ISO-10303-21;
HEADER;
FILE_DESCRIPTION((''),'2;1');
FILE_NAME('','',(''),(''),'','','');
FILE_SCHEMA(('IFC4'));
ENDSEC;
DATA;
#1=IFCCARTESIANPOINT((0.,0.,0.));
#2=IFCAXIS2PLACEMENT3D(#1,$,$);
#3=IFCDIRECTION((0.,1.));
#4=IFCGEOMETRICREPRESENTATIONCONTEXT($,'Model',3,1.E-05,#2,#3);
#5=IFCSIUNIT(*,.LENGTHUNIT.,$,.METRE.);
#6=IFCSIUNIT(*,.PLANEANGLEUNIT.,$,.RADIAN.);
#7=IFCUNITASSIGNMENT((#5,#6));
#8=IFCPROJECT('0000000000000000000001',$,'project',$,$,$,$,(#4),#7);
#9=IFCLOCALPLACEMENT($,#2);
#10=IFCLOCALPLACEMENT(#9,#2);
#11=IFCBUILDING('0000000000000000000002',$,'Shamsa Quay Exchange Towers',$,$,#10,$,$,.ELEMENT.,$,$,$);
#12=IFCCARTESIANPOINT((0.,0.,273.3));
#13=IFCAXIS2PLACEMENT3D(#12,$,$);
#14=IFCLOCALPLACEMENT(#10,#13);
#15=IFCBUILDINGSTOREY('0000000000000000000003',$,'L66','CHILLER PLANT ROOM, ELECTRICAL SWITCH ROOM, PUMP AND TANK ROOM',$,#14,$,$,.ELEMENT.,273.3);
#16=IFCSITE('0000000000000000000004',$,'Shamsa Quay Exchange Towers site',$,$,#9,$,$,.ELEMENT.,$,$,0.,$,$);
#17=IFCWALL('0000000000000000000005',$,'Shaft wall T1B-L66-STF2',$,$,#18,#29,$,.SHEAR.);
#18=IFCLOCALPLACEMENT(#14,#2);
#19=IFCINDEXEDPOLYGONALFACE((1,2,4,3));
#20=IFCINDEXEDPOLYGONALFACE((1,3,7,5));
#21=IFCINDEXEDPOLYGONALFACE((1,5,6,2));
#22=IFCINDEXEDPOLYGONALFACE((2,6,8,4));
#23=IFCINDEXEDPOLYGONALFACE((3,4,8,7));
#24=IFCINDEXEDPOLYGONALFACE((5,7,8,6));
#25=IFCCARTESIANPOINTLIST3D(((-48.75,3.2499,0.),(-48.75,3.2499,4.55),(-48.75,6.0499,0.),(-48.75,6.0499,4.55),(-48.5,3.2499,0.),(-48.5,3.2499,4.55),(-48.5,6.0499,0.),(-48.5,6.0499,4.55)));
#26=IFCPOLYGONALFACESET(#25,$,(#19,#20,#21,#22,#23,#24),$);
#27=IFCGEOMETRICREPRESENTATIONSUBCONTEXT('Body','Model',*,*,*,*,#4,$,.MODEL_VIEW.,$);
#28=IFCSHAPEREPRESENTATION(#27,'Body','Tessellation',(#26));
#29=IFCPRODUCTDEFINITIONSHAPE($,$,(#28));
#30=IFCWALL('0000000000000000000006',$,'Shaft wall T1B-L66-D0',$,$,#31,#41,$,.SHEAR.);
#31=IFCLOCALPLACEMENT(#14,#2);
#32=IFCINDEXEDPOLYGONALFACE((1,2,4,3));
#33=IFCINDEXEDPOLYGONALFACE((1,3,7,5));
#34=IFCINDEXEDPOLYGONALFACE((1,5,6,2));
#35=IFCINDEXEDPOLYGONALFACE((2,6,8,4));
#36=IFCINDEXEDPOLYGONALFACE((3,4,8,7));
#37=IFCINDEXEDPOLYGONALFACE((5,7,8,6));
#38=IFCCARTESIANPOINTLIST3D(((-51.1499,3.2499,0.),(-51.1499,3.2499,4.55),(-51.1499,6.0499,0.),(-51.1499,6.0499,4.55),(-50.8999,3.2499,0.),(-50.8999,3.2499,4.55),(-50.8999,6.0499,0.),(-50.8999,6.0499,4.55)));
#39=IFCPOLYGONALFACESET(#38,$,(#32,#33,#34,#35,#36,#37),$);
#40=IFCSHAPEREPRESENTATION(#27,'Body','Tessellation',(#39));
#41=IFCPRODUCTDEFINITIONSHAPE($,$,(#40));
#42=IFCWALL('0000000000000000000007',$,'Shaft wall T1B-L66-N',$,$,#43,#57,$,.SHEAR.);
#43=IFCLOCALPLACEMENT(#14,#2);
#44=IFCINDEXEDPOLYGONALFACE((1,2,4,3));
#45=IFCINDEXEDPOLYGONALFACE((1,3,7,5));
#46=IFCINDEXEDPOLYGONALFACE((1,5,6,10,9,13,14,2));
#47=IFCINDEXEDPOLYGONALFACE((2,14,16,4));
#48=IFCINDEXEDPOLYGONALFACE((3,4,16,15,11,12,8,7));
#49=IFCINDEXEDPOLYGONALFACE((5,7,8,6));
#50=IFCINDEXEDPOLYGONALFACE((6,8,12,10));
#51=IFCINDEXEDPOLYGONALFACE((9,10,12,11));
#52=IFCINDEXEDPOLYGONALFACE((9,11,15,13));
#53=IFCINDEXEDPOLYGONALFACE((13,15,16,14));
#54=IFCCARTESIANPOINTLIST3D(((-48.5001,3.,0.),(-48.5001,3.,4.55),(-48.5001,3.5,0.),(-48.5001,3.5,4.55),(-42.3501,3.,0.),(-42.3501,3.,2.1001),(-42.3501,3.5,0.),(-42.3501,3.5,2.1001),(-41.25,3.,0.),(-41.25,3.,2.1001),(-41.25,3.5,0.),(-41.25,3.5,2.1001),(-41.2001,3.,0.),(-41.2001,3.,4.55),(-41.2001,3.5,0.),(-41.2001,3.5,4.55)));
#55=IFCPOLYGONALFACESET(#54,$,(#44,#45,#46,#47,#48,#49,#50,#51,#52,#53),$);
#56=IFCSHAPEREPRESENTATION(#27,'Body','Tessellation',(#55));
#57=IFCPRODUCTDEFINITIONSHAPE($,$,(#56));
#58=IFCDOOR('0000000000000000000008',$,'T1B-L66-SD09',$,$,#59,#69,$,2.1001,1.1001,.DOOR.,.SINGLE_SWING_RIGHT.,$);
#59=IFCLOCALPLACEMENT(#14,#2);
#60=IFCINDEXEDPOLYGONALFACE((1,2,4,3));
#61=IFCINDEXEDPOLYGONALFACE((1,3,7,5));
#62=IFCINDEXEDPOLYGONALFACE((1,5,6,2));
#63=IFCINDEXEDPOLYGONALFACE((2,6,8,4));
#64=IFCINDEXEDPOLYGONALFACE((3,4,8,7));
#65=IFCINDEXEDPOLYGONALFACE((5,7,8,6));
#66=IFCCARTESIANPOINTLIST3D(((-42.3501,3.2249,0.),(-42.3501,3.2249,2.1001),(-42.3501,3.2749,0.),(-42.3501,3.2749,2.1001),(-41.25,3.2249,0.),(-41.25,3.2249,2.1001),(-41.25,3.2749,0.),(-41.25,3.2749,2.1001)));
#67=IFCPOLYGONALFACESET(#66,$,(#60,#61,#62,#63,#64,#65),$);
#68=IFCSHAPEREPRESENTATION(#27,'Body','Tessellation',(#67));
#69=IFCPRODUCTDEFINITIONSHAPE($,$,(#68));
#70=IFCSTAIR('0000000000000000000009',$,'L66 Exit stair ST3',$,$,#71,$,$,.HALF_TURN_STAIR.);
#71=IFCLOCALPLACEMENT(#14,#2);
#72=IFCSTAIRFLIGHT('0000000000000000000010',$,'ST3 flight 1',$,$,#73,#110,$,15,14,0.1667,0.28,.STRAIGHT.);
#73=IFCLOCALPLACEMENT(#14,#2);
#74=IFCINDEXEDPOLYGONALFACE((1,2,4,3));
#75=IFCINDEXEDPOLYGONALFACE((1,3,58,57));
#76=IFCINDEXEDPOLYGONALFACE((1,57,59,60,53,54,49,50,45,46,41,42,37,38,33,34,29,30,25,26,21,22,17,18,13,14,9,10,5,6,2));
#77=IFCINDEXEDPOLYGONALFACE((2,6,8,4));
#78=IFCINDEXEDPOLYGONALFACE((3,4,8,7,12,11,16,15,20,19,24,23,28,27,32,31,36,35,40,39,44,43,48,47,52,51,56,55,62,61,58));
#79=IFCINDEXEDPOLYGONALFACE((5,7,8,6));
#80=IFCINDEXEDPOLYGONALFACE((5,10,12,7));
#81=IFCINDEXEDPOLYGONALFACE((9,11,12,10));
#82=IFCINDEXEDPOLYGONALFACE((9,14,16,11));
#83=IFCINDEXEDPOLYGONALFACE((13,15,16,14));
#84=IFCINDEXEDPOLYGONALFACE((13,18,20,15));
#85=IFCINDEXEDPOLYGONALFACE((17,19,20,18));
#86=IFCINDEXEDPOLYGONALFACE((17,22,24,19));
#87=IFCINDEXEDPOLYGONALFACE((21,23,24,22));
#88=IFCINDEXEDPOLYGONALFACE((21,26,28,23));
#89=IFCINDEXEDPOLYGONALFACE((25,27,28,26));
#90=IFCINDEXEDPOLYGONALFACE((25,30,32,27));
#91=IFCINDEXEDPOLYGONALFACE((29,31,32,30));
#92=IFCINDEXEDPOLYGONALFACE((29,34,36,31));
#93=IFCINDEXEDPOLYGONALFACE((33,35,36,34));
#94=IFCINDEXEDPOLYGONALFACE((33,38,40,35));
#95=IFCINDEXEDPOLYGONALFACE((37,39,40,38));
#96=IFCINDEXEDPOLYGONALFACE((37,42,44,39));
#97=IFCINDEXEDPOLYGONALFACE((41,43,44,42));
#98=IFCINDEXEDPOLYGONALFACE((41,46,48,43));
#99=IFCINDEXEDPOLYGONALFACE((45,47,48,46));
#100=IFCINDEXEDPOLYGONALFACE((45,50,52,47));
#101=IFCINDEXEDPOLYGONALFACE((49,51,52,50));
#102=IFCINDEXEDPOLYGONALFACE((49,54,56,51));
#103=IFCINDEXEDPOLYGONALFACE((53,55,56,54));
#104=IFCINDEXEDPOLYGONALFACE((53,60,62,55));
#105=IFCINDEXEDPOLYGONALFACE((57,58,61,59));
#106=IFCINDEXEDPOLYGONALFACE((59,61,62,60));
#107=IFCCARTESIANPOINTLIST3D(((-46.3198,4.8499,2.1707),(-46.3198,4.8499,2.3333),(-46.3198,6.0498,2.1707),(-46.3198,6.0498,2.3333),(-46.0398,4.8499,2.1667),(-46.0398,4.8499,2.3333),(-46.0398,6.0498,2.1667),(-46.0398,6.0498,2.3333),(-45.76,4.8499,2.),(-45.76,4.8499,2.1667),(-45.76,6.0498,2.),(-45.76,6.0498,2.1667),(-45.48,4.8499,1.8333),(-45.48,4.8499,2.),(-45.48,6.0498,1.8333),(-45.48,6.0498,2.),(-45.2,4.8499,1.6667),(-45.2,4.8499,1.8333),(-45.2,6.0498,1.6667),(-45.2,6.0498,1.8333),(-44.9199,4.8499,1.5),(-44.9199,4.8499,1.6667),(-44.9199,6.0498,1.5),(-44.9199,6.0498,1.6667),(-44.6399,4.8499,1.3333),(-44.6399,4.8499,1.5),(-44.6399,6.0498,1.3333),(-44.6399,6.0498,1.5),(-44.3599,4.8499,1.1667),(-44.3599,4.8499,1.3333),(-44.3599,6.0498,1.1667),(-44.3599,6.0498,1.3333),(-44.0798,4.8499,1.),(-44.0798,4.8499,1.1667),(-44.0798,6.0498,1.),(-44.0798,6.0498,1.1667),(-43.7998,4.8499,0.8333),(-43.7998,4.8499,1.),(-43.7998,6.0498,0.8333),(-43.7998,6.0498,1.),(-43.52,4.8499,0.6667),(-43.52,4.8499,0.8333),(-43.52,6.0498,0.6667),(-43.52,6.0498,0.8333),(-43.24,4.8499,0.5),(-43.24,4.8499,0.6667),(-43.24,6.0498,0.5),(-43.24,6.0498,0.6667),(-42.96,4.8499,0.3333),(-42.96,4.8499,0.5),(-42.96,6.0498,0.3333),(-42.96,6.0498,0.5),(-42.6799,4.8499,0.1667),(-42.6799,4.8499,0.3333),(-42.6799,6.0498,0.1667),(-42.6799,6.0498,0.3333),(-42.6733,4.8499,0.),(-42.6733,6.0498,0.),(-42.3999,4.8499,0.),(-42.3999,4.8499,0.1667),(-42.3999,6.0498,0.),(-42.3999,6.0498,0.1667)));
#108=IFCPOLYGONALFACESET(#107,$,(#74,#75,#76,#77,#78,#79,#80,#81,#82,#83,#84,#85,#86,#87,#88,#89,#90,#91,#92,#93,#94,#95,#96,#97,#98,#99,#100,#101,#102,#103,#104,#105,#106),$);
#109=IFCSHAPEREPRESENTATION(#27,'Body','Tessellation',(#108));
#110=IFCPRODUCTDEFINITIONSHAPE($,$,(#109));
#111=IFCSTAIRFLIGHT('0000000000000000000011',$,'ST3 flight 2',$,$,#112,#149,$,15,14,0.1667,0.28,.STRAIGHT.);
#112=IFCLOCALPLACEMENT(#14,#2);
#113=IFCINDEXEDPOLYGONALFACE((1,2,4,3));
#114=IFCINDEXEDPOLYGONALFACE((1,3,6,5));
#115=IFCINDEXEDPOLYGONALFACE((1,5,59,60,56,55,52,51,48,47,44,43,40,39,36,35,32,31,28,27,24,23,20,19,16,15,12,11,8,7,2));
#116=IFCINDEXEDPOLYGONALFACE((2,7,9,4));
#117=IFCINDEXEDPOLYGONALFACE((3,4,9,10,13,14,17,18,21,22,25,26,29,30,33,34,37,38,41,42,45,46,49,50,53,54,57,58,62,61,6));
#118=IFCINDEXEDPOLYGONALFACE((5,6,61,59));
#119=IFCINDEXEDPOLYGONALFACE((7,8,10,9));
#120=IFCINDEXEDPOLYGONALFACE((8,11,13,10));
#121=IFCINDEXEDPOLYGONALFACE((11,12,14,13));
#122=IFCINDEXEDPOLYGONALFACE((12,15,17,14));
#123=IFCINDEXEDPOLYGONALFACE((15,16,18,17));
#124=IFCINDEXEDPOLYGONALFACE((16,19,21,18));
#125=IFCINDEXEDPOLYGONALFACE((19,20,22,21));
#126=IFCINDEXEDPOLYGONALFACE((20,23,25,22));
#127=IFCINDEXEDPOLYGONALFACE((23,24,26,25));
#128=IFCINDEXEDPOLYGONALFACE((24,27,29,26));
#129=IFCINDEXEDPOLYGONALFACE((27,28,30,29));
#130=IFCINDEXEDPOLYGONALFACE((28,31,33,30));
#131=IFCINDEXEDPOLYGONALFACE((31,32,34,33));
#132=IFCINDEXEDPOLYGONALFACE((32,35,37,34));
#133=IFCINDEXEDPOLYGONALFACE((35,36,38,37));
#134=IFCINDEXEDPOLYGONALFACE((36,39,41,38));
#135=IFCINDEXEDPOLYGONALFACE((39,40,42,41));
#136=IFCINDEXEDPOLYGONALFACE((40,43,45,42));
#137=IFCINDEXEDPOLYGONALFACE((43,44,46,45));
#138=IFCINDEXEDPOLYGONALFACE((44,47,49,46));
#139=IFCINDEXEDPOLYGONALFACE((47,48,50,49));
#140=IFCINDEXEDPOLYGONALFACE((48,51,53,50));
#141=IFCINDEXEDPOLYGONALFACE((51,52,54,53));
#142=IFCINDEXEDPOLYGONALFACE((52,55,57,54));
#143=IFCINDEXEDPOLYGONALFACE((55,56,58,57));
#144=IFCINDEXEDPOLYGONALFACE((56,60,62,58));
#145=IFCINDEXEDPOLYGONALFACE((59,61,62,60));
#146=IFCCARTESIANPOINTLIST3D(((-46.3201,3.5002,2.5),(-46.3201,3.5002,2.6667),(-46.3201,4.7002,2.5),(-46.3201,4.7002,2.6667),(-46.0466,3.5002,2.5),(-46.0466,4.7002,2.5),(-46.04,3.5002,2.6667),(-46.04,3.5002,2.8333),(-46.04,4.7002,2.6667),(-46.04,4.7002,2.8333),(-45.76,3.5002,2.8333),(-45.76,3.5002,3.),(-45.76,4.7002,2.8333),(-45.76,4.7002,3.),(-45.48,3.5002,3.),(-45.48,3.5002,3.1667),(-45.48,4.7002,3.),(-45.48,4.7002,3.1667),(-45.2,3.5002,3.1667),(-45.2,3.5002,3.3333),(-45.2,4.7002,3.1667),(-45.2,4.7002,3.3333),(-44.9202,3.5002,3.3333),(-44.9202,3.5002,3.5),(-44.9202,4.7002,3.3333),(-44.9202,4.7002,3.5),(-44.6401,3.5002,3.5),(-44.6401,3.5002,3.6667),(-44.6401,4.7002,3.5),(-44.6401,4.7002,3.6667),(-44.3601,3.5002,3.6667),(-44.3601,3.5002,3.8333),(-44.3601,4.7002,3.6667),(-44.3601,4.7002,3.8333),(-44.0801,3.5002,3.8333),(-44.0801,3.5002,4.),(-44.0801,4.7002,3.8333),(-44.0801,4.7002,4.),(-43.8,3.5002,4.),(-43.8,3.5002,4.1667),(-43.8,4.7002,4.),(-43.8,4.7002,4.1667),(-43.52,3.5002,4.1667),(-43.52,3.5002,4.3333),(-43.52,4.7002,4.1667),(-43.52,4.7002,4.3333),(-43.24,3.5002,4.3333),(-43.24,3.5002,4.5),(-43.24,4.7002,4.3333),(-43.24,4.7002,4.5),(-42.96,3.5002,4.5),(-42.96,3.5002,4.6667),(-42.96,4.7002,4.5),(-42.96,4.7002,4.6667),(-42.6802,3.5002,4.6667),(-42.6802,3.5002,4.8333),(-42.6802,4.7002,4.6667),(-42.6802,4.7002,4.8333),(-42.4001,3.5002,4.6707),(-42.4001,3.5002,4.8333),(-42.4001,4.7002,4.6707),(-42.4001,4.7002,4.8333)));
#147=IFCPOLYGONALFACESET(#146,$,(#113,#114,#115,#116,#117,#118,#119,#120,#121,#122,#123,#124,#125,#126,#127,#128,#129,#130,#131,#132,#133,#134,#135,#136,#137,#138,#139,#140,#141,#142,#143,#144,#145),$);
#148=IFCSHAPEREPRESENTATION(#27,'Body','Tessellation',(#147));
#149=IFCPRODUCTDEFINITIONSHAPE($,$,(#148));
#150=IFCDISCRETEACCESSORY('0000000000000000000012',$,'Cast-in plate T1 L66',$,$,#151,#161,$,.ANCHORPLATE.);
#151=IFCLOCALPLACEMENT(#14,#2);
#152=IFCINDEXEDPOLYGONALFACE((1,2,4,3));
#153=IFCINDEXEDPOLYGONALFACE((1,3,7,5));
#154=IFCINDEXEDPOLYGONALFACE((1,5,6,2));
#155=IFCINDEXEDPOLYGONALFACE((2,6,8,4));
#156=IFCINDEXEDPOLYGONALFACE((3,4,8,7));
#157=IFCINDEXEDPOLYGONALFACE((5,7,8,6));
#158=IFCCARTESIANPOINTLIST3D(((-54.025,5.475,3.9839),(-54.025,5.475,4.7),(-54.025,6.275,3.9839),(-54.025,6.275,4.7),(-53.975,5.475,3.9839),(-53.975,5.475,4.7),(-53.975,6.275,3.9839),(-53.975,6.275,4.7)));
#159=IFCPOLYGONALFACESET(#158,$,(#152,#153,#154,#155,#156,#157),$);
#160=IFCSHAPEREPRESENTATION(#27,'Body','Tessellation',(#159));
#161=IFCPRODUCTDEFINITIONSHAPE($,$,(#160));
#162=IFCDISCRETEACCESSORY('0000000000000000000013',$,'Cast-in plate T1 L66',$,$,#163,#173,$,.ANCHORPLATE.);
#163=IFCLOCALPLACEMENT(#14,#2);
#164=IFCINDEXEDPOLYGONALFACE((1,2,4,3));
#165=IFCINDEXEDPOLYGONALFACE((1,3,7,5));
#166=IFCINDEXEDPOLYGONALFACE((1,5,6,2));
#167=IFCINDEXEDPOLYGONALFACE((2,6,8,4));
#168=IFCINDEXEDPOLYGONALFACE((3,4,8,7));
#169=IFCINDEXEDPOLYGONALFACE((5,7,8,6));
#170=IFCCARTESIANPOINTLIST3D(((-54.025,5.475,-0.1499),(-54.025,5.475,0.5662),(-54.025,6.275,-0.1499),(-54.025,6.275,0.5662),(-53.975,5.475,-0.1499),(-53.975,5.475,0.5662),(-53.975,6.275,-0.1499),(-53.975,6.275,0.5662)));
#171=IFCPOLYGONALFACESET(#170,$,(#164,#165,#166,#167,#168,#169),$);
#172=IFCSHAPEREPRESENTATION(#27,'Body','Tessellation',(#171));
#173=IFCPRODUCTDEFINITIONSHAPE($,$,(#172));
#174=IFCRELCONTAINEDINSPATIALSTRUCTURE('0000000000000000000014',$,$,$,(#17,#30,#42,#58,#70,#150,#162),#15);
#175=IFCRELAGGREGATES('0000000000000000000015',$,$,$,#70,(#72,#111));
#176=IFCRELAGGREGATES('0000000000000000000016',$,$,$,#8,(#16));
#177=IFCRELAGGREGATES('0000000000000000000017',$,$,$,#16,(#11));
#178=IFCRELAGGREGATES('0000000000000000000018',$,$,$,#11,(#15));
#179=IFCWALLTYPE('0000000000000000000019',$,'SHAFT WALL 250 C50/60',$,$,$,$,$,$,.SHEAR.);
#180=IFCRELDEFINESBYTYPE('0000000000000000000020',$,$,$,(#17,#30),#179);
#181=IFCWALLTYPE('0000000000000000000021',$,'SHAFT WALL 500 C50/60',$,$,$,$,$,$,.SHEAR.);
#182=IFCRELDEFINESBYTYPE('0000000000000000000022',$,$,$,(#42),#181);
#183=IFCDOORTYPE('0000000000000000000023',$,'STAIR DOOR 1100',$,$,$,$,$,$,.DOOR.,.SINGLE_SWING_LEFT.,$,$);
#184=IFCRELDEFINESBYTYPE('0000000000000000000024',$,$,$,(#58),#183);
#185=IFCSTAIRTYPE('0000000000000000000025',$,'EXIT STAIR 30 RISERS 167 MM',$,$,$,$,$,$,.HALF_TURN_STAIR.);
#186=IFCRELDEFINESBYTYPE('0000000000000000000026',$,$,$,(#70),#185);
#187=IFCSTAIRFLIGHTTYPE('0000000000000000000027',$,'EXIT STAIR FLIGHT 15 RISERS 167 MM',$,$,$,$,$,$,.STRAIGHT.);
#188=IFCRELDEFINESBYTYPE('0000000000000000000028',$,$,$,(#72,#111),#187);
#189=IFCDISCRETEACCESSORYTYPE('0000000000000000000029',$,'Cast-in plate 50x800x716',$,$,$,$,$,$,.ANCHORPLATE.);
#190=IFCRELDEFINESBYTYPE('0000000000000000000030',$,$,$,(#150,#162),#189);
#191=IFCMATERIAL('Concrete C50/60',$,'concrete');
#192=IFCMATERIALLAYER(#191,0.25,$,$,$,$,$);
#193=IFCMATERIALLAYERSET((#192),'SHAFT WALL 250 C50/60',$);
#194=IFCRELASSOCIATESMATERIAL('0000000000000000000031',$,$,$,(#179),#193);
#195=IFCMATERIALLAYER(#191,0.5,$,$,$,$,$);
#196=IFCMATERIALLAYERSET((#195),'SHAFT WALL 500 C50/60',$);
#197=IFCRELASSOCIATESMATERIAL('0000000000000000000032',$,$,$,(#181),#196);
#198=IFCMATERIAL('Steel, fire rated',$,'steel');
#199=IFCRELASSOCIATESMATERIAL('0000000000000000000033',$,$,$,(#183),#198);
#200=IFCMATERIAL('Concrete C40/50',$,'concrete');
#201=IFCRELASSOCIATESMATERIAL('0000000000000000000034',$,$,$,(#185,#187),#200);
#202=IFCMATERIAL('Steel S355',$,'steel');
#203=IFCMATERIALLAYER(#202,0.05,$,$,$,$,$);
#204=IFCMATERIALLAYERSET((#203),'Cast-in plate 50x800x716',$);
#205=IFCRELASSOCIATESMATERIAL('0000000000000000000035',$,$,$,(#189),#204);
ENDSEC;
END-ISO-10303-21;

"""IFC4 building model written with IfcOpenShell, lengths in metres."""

from ifc_helpers import new_model, si_unit, direction, frame, frame_2d, origin, origin_2d, place, context, subcontext, project, spatial, polyline, rectangle, outline, extrude, material, layer, layer_set, type_object, element, fill, aggregate, save


model = new_model("IFC4")

# Units and contexts
model_context = context("Model", 3, precision=1e-05, world=origin(), true_north=direction((0.0, 1.0)))
body_context = subcontext(model_context, "Body", "Model", "MODEL_VIEW")
ifc_project = project(units=[si_unit("LENGTHUNIT", "METRE"), si_unit("PLANEANGLEUNIT", "RADIAN")], contexts=[model_context])

# Site, building, storey
site_placement = place(None, origin())
site = spatial("IfcSite", under=ifc_project, at=site_placement, Name="Shamsa Quay Exchange Towers site", CompositionType="ELEMENT", RefElevation=0.0)
building_placement = place(site_placement, origin())
building = spatial("IfcBuilding", under=site, at=building_placement, Name="Shamsa Quay Exchange Towers", CompositionType="ELEMENT")
storey_placement = place(building_placement, frame((0.0, 0.0, 273.3)))
storey = spatial("IfcBuildingStorey", under=building, at=storey_placement, Name="L66", Description="CHILLER PLANT ROOM, ELECTRICAL SWITCH ROOM, PUMP AND TANK ROOM", CompositionType="ELEMENT", Elevation=273.3)

# Shared definitions
ifc_material_1 = material(Name="Steel S355", Category="steel")

# Shared definitions
ifc_material_2 = material(Name="Concrete C50/60", Category="concrete")
ifc_layer_1 = layer(ifc_material_2, 0.25)
ifc_layer_set_1 = layer_set([ifc_layer_1], Name="SHAFT WALL 250 C50/60")
wall_type_1 = type_object("IfcWallType", Name="SHAFT WALL 250 C50/60", PredefinedType="SHEAR", material=ifc_layer_set_1)
ifc_material_3 = material(Name="Steel, fire rated", Category="steel")

# Walls
for number, where, z_axis, x_axis, name in (
    (1, (-48.625, 3.25, 0.0), (0.0, 0.0, 1.0), (0.0, 1.0, 0.0), "Shaft wall T1B-L66-STF2"),
    (2, (-51.0249, 3.25, 0.0), (0.0, 0.0, 1.0), (0.0, 1.0, 0.0), "Shaft wall T1B-L66-D0"),
):
    element("IfcWall", number, at=place(storey_placement, frame(where, z_axis=z_axis, x_axis=x_axis)), inside=storey, type_object=wall_type_1, Name=name, PredefinedType="SHEAR", context=body_context, shape_type="SweptSolid", body=[
        extrude(rectangle(XDim=2.8, YDim=0.25, at=frame_2d((1.3999, 0.0))), origin(), (0.0, 0.0, 1.0), 4.55),
    ])

# Wall, opening, door
ifc_layer_2 = layer(ifc_material_2, 0.5)
ifc_layer_set_2 = layer_set([ifc_layer_2], Name="SHAFT WALL 500 C50/60")
wall_type_2 = type_object("IfcWallType", Name="SHAFT WALL 500 C50/60", PredefinedType="SHEAR", material=ifc_layer_set_2)
wall_1_placement = place(storey_placement, frame((-48.5, 3.25, 0.0)))
wall_1 = element("IfcWall", 3, at=wall_1_placement, inside=storey, type_object=wall_type_2, Name="Shaft wall T1B-L66-N", PredefinedType="SHEAR", context=body_context, shape_type="SweptSolid", body=[
    extrude(rectangle(XDim=7.3, YDim=0.5, at=frame_2d((3.6499, 0.0))), origin(), (0.0, 0.0, 1.0), 4.55),
])
opening_1_placement = place(wall_1_placement, frame((6.1499, 0.0, 0.0)))
opening_1 = element("IfcOpeningElement", 4, at=opening_1_placement, cuts=wall_1, PredefinedType="OPENING", context=body_context, shape_type="SweptSolid", body=[
    extrude(rectangle(XDim=1.1001, YDim=2.1001, at=frame_2d((0.55, 1.05))), frame((0.0, 0.26, 0.0), z_axis=(0.0, -1.0, 0.0), x_axis=(1.0, 0.0, 0.0)), (0.0, 0.0, 1.0), 0.52),
])
door_type_1 = type_object("IfcDoorType", Name="STAIR DOOR 1100", OperationType="SINGLE_SWING_LEFT", PredefinedType="DOOR", material=ifc_material_3)
door_1_placement = place(opening_1_placement, origin())
door_1 = element("IfcDoor", 5, at=door_1_placement, inside=storey, type_object=door_type_1, Name="T1B-L66-SD09", OperationType="SINGLE_SWING_RIGHT", OverallHeight=2.1001, OverallWidth=1.1001, PredefinedType="DOOR", context=body_context, shape_type="SweptSolid", body=[
    extrude(rectangle(XDim=1.1001, YDim=2.1001, at=frame_2d((0.55, 1.05))), frame((0.0, 0.0249, 0.0), z_axis=(0.0, -1.0, 0.0), x_axis=(1.0, 0.0, 0.0)), (0.0, 0.0, 1.0), 0.05),
])
fill(opening_1, door_1)

# Stair, stair flights
ifc_material_4 = material(Name="Concrete C40/50", Category="concrete")
stair_type = type_object("IfcStairType", Name="EXIT STAIR 30 RISERS 167 MM", PredefinedType="HALF_TURN_STAIR", material=ifc_material_4)
stair_placement = place(storey_placement, origin())
stair = element("IfcStair", 6, at=stair_placement, inside=storey, type_object=stair_type, Name="L66 Exit stair ST3", PredefinedType="HALF_TURN_STAIR")
stair_flight_type = type_object("IfcStairFlightType", Name="EXIT STAIR FLIGHT 15 RISERS 167 MM", PredefinedType="STRAIGHT", material=ifc_material_4)
stair_flight_1_placement = place(storey_placement, frame((-42.3999, 5.45, 0.0), z_axis=(0.0, 0.0, 1.0), x_axis=(-1.0, 0.0, 0.0)))
stair_flight_1 = element("IfcStairFlight", 7, at=stair_flight_1_placement, type_object=stair_flight_type, Name="ST3 flight 1", NumberOfRisers=15, NumberOfTreads=14, PredefinedType="STRAIGHT", RiserHeight=0.1667, TreadLength=0.28, context=body_context, shape_type="SweptSolid", body=[
    extrude(outline(polyline([(0.0, 0.0), (0.0, 0.1667), (0.28, 0.1667), (0.28, 0.3333), (0.5601, 0.3333), (0.5601, 0.5), (0.8401, 0.5), (0.8401, 0.6667), (1.1201, 0.6667), (1.1201, 0.8333), (1.3999, 0.8333), (1.3999, 1.0), (1.6799, 1.0), (1.6799, 1.1667), (1.96, 1.1667), (1.96, 1.3333), (2.24, 1.3333), (2.24, 1.5), (2.52, 1.5), (2.52, 1.6667), (2.8, 1.6667), (2.8, 1.8333), (3.0801, 1.8333), (3.0801, 2.0), (3.3601, 2.0), (3.3601, 2.1667), (3.6399, 2.1667), (3.6399, 2.3333), (3.9199, 2.3333), (3.9199, 2.5), (3.9199, 2.1707), (0.2734, 0.0), (0.0, 0.0)])), frame((0.0, 0.6001, 0.0), z_axis=(0.0, -1.0, 0.0), x_axis=(1.0, 0.0, 0.0)), (0.0, 0.0, 1.0), 1.2),
])
stair_flight_2_placement = place(storey_placement, frame((-46.3201, 4.1001, 2.5)))
stair_flight_2 = element("IfcStairFlight", 8, at=stair_flight_2_placement, type_object=stair_flight_type, Name="ST3 flight 2", NumberOfRisers=15, NumberOfTreads=14, PredefinedType="STRAIGHT", RiserHeight=0.1667, TreadLength=0.28, context=body_context, shape_type="SweptSolid", body=[
    extrude(outline(polyline([(0.0, 0.0), (0.0, 0.1667), (0.28, 0.1667), (0.28, 0.3333), (0.5601, 0.3333), (0.5601, 0.5), (0.8401, 0.5), (0.8401, 0.6667), (1.1201, 0.6667), (1.1201, 0.8333), (1.3999, 0.8333), (1.3999, 1.0), (1.6799, 1.0), (1.6799, 1.1667), (1.96, 1.1667), (1.96, 1.3333), (2.24, 1.3333), (2.24, 1.5), (2.52, 1.5), (2.52, 1.6667), (2.8, 1.6667), (2.8, 1.8333), (3.0801, 1.8333), (3.0801, 2.0), (3.3601, 2.0), (3.3601, 2.1667), (3.6399, 2.1667), (3.6399, 2.3333), (3.9199, 2.3333), (3.9199, 2.5), (3.9199, 2.1707), (0.2734, 0.0), (0.0, 0.0)])), frame((0.0, 0.6001, 0.0), z_axis=(0.0, -1.0, 0.0), x_axis=(1.0, 0.0, 0.0)), (0.0, 0.0, 1.0), 1.2),
])
aggregate(stair, [stair_flight_1, stair_flight_2])

# Discrete accessories
ifc_layer_3 = layer(ifc_material_1, 0.05)
ifc_layer_set_3 = layer_set([ifc_layer_3], Name="Cast-in plate 50x800x716")
discrete_accessory_type_1 = type_object("IfcDiscreteAccessoryType", Name="Cast-in plate 50x800x716", PredefinedType="ANCHORPLATE", material=ifc_layer_set_3)
for number, where, name in (
    (9, (-54.0, 5.875, 3.9839), "Cast-in plate T1 L66"),
    (10, (-54.0, 5.875, -0.1499), "Cast-in plate T1 L66"),
):
    element("IfcDiscreteAccessory", number, at=place(storey_placement, frame(where)), inside=storey, type_object=discrete_accessory_type_1, Name=name, PredefinedType="ANCHORPLATE", context=body_context, shape_type="SweptSolid", body=[
        extrude(rectangle(XDim=0.05, YDim=0.8, at=origin_2d()), origin(), (0.0, 0.0, 1.0), 0.7161),
    ])

save(model, "model.ifc")
